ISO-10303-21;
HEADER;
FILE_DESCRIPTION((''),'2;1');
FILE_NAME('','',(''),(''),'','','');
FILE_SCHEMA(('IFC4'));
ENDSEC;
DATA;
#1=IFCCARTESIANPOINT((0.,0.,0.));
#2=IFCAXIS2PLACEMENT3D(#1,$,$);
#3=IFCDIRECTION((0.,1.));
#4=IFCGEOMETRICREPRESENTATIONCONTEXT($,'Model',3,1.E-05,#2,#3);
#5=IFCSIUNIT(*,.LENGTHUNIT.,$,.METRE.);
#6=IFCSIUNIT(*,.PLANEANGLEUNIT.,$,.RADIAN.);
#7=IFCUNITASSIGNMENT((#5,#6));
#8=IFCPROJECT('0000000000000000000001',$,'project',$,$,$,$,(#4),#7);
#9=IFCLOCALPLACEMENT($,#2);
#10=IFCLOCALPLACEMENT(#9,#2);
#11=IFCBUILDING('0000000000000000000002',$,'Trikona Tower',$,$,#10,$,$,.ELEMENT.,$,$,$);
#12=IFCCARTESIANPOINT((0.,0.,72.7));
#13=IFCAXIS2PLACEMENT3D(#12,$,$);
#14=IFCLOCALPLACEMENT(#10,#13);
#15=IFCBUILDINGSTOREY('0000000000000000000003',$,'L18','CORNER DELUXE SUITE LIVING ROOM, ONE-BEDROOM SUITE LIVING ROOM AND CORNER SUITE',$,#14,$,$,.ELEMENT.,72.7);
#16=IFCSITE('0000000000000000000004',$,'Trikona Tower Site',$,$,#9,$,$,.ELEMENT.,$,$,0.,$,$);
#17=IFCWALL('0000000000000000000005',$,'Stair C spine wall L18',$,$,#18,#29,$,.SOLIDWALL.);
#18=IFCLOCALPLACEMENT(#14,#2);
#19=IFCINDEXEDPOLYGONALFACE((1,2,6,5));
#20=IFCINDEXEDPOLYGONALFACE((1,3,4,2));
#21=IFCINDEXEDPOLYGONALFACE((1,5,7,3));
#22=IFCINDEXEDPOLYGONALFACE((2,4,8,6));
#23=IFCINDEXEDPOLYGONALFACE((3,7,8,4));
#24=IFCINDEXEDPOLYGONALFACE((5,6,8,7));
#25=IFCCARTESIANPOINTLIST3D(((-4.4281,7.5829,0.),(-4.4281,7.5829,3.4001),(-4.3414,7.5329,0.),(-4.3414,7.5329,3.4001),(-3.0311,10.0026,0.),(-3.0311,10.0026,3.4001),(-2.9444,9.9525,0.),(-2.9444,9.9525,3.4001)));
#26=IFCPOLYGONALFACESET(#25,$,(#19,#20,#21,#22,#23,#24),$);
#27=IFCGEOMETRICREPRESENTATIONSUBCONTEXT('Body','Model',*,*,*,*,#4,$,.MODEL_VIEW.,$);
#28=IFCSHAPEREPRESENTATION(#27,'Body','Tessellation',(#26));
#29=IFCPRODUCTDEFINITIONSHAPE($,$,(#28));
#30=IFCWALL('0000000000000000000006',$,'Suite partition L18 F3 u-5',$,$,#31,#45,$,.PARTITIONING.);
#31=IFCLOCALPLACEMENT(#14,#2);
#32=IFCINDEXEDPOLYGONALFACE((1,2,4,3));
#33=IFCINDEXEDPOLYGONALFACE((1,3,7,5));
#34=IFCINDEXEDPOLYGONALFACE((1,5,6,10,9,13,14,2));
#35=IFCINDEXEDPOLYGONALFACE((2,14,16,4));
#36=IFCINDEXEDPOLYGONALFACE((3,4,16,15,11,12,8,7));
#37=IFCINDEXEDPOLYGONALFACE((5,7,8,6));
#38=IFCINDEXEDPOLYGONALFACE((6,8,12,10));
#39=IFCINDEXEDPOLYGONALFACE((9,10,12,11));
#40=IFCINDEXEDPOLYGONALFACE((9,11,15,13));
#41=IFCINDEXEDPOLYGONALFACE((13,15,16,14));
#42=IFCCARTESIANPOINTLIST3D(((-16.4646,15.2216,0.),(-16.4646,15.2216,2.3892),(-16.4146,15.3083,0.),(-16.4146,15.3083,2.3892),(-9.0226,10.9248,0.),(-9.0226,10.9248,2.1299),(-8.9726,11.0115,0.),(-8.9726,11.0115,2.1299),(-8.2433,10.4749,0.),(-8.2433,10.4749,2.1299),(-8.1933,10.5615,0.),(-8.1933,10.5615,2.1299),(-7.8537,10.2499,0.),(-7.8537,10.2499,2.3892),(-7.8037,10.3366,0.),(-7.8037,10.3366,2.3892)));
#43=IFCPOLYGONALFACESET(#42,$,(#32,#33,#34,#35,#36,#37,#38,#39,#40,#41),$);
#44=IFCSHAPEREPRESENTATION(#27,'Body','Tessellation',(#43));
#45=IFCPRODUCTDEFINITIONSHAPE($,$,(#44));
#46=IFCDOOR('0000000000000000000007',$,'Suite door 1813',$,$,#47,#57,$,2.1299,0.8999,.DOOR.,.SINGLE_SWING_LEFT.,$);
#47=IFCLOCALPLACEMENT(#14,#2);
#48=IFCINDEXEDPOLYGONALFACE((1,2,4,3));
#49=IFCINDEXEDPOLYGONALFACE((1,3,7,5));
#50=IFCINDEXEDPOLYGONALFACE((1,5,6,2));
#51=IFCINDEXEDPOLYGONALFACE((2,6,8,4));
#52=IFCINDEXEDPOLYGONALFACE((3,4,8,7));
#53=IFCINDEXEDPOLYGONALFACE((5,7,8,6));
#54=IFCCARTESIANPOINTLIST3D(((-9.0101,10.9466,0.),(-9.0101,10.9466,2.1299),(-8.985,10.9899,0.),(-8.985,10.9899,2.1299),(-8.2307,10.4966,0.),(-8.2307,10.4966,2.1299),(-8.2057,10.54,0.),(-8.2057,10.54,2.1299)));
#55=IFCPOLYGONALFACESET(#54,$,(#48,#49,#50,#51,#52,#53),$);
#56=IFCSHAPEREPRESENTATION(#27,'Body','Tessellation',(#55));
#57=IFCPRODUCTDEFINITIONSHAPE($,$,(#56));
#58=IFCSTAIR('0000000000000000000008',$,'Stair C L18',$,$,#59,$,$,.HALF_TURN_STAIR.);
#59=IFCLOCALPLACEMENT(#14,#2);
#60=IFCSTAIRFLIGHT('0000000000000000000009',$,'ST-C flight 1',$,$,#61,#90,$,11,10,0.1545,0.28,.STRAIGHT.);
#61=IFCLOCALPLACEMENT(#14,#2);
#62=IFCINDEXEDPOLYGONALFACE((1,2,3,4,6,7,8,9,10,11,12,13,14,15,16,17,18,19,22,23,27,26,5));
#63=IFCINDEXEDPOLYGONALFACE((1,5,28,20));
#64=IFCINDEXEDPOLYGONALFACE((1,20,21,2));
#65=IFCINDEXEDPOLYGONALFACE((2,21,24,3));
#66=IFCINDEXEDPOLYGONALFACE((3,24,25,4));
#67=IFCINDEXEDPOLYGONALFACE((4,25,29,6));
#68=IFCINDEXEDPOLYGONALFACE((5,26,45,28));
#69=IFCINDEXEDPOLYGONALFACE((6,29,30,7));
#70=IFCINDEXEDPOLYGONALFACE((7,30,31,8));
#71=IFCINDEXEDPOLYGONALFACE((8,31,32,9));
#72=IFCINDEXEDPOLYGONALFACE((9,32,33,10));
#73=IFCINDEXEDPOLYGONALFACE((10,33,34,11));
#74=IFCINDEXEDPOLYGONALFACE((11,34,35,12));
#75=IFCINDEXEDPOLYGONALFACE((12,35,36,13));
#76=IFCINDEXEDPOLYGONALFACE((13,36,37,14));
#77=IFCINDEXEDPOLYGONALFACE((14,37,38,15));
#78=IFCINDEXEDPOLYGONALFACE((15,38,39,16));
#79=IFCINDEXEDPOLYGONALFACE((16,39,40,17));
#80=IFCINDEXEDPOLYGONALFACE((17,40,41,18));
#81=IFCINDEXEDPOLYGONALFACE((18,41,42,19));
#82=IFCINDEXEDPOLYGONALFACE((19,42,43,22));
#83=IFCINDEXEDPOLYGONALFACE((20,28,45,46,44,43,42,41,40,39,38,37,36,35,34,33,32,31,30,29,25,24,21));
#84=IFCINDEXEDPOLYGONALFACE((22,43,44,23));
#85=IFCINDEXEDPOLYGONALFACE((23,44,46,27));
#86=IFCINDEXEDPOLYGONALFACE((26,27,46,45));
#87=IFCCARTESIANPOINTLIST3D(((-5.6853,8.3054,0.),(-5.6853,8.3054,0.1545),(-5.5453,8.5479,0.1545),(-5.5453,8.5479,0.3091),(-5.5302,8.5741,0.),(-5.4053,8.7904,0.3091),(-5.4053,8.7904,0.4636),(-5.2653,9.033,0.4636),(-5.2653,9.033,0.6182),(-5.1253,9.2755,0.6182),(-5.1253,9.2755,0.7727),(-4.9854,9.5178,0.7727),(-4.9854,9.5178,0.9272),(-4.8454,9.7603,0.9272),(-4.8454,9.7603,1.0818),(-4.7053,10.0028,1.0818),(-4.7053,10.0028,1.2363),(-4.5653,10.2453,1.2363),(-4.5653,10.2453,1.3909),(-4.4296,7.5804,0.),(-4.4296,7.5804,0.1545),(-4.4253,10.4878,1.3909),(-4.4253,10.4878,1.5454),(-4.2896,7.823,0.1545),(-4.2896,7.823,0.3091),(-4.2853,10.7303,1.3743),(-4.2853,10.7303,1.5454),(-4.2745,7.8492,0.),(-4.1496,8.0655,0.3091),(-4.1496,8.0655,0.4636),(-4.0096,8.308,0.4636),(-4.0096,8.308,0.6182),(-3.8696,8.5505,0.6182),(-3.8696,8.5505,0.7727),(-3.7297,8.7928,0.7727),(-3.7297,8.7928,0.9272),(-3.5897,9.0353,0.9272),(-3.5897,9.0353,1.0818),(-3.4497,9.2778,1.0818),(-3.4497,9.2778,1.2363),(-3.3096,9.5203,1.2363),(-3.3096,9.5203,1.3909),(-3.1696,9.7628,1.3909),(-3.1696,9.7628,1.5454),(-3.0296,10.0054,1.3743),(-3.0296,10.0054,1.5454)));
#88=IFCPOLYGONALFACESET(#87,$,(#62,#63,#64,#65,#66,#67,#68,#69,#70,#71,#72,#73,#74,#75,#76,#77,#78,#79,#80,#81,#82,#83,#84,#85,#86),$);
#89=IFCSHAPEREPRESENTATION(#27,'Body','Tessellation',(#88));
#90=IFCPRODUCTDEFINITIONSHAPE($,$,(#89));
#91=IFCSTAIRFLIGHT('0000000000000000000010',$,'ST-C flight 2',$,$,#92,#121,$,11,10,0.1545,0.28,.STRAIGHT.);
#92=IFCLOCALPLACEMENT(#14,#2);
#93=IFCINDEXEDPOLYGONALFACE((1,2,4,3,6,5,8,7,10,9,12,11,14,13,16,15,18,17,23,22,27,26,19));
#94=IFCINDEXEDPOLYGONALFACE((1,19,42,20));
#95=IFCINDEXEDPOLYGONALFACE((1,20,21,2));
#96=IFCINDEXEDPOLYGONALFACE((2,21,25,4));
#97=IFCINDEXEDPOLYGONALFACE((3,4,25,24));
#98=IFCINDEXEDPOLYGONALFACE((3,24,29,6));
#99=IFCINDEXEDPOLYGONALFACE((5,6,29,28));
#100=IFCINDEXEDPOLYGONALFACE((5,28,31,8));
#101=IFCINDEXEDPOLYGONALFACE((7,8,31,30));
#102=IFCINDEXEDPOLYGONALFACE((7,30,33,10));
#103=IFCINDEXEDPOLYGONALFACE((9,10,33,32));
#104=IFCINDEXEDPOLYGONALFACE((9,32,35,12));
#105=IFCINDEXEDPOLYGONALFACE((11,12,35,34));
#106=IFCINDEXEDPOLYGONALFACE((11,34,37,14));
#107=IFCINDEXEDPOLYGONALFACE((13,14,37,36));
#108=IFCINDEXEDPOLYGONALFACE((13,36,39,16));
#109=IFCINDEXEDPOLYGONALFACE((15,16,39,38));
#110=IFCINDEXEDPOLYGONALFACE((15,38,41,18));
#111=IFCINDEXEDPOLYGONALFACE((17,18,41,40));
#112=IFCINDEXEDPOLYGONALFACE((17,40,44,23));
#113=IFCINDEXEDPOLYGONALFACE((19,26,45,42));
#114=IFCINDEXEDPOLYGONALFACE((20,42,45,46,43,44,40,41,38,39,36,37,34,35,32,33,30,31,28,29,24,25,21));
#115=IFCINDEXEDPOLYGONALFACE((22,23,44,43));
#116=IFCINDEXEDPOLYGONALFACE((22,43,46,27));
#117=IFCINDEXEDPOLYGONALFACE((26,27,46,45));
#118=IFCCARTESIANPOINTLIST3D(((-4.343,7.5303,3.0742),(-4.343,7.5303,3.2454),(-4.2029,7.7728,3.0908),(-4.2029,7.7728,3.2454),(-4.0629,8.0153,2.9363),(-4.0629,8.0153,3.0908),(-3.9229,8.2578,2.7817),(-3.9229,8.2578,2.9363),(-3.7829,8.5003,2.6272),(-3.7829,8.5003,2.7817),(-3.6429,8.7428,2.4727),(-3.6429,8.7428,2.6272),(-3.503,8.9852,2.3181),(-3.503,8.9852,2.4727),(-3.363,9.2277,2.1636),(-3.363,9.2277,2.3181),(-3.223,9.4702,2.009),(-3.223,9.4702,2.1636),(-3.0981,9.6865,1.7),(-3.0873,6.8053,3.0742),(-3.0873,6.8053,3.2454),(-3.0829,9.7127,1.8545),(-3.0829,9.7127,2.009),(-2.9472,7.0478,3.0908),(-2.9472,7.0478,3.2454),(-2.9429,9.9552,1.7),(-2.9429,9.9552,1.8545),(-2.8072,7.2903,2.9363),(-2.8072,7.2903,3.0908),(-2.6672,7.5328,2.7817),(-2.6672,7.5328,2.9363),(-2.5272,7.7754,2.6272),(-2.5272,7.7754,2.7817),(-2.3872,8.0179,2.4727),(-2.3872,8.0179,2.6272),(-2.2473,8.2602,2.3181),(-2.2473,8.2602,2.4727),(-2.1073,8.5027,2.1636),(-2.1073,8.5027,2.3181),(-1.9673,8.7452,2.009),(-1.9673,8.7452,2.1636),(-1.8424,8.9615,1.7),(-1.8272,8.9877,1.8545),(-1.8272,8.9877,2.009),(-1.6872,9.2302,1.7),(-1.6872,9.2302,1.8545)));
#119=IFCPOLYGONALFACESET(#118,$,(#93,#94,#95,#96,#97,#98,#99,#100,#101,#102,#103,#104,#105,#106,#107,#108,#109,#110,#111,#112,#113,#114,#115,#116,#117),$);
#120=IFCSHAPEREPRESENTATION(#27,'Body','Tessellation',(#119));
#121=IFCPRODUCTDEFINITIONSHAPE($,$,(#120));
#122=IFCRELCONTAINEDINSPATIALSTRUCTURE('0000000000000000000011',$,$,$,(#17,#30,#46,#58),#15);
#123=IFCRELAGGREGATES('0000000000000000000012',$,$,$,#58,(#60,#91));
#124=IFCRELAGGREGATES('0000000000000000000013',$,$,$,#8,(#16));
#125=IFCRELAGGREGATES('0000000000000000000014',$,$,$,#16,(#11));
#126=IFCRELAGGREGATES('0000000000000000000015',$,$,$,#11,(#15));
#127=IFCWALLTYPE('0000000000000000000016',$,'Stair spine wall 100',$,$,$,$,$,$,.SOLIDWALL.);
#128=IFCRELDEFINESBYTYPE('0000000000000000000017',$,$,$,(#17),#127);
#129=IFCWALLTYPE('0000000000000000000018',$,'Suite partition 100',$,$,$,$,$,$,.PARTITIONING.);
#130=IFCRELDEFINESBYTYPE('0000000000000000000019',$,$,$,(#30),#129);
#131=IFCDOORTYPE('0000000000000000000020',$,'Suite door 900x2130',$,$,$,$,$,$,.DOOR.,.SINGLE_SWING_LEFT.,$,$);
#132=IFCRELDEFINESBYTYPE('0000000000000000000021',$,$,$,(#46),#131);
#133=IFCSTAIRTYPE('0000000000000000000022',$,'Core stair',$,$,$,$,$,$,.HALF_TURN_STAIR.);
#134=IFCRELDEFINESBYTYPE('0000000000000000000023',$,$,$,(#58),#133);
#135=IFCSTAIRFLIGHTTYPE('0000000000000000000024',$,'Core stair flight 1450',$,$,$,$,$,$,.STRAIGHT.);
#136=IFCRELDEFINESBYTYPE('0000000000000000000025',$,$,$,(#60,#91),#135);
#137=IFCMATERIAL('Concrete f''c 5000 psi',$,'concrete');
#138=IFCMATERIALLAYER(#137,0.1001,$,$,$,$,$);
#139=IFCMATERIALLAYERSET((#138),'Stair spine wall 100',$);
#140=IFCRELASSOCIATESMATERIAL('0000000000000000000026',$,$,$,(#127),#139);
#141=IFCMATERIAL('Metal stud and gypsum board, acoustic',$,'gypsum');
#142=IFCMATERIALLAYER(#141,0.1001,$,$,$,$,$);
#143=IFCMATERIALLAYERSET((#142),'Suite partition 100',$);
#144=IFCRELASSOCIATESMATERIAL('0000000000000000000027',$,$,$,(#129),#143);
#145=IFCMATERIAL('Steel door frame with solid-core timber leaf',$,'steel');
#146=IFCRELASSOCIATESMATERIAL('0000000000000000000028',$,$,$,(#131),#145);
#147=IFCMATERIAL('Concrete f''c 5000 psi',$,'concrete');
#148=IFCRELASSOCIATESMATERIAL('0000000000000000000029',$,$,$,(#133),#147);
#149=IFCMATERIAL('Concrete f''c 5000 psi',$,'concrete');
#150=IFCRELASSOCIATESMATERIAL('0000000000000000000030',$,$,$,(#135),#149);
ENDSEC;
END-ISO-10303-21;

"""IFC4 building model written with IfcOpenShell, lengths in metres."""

from ifc_helpers import new_model, si_unit, direction, frame, frame_2d, origin, place, context, subcontext, project, spatial, polyline, rectangle, outline, extrude, material, layer, layer_set, type_object, element, fill, aggregate, save


model = new_model("IFC4")

# Units and contexts
model_context = context("Model", 3, precision=1e-05, world=origin(), true_north=direction((0.0, 1.0)))
body_context = subcontext(model_context, "Body", "Model", "MODEL_VIEW")
ifc_project = project(units=[si_unit("LENGTHUNIT", "METRE"), si_unit("PLANEANGLEUNIT", "RADIAN")], contexts=[model_context])

# Site, building, storey
site_placement = place(None, origin())
site = spatial("IfcSite", under=ifc_project, at=site_placement, Name="Trikona Tower Site", CompositionType="ELEMENT", RefElevation=0.0)
building_placement = place(site_placement, origin())
building = spatial("IfcBuilding", under=site, at=building_placement, Name="Trikona Tower", CompositionType="ELEMENT")
storey_placement = place(building_placement, frame((0.0, 0.0, 72.7)))
storey = spatial("IfcBuildingStorey", under=building, at=storey_placement, Name="L18", Description="CORNER DELUXE SUITE LIVING ROOM, ONE-BEDROOM SUITE LIVING ROOM AND CORNER SUITE", CompositionType="ELEMENT", Elevation=72.7)

# Wall
ifc_material_1 = material(Name="Concrete f'c 5000 psi", Category="concrete")
ifc_layer_1 = layer(ifc_material_1, 0.1001)
ifc_layer_set_1 = layer_set([ifc_layer_1], Name="Stair spine wall 100")
wall_type_1 = type_object("IfcWallType", Name="Stair spine wall 100", PredefinedType="SOLIDWALL", material=ifc_layer_set_1)
wall_1_placement = place(storey_placement, frame((-2.9878, 9.9775, 0.0), z_axis=(0.0, 0.0, 1.0), x_axis=(-0.499992, -0.86603, 0.0)))
element("IfcWall", 1, at=wall_1_placement, inside=storey, type_object=wall_type_1, Name="Stair C spine wall L18", PredefinedType="SOLIDWALL", context=body_context, shape_type="SweptSolid", body=[
    extrude(rectangle(XDim=2.7939, YDim=0.1001, at=frame_2d((1.397, 0.0))), origin(), (0.0, 0.0, 1.0), 3.4001),
])

# Wall, opening, door
ifc_material_2 = material(Name="Metal stud and gypsum board, acoustic", Category="gypsum")
ifc_layer_2 = layer(ifc_material_2, 0.1001)
ifc_layer_set_2 = layer_set([ifc_layer_2], Name="Suite partition 100")
wall_type_2 = type_object("IfcWallType", Name="Suite partition 100", PredefinedType="PARTITIONING", material=ifc_layer_set_2)
wall_2_placement = place(storey_placement, frame((-7.8286, 10.2932, 0.0), z_axis=(0.0, 0.0, 1.0), x_axis=(-0.866016, 0.500016, 0.0)))
wall_2 = element("IfcWall", 2, at=wall_2_placement, inside=storey, type_object=wall_type_2, Name="Suite partition L18 F3 u-5", PredefinedType="PARTITIONING", context=body_context, shape_type="SweptSolid", body=[
    extrude(rectangle(XDim=9.9431, YDim=0.1001, at=frame_2d((4.9717, 0.0))), origin(), (0.0, 0.0, 1.0), 2.3892),
])
opening_1_placement = place(wall_2_placement, frame((0.45, 0.0, 0.0)))
opening_1 = element("IfcOpeningElement", 3, at=opening_1_placement, cuts=wall_2, PredefinedType="OPENING", context=body_context, shape_type="SweptSolid", body=[
    extrude(rectangle(XDim=0.8999, YDim=2.1299, at=frame_2d((0.45, 1.0649))), frame((0.0, 0.0601, 0.0), z_axis=(0.0, -1.0, 0.0), x_axis=(1.0, 0.0, 0.0)), (0.0, 0.0, 1.0), 0.1201),
])
ifc_material_3 = material(Name="Steel door frame with solid-core timber leaf", Category="steel")
door_type_1 = type_object("IfcDoorType", Name="Suite door 900x2130", OperationType="SINGLE_SWING_LEFT", PredefinedType="DOOR", material=ifc_material_3)
door_1_placement = place(opening_1_placement, origin())
door_1 = element("IfcDoor", 4, at=door_1_placement, inside=storey, type_object=door_type_1, Name="Suite door 1813", OperationType="SINGLE_SWING_LEFT", OverallHeight=2.1299, OverallWidth=0.8999, PredefinedType="DOOR", context=body_context, shape_type="SweptSolid", body=[
    extrude(rectangle(XDim=0.8999, YDim=2.1299, at=frame_2d((0.45, 1.0649))), frame((0.0, 0.0249, 0.0), z_axis=(0.0, -1.0, 0.0), x_axis=(1.0, 0.0, 0.0)), (0.0, 0.0, 1.0), 0.05),
])
fill(opening_1, door_1)

# Stair, stair flights
ifc_material_4 = material(Name="Concrete f'c 5000 psi", Category="concrete")
stair_type = type_object("IfcStairType", Name="Core stair", PredefinedType="HALF_TURN_STAIR", material=ifc_material_4)
stair_placement = place(storey_placement, origin())
stair = element("IfcStair", 5, at=stair_placement, inside=storey, type_object=stair_type, Name="Stair C L18", PredefinedType="HALF_TURN_STAIR")
ifc_material_5 = material(Name="Concrete f'c 5000 psi", Category="concrete")
stair_flight_type = type_object("IfcStairFlightType", Name="Core stair flight 1450", PredefinedType="STRAIGHT", material=ifc_material_5)
stair_flight_1_placement = place(storey_placement, frame((-5.0574, 7.9429, 0.0), z_axis=(0.0, 0.0, 1.0), x_axis=(0.5, 0.866025, 0.0)))
stair_flight_1 = element("IfcStairFlight", 6, at=stair_flight_1_placement, type_object=stair_flight_type, Name="ST-C flight 1", NumberOfRisers=11, NumberOfTreads=10, PredefinedType="STRAIGHT", RiserHeight=0.1545, TreadLength=0.28, context=body_context, shape_type="SweptSolid", body=[
    extrude(outline(polyline([(0.0, 0.0), (0.0, 0.1545), (0.28, 0.1545), (0.28, 0.3091), (0.5601, 0.3091), (0.5601, 0.4636), (0.8401, 0.4636), (0.8401, 0.6182), (1.1201, 0.6182), (1.1201, 0.7727), (1.3999, 0.7727), (1.3999, 0.9272), (1.6799, 0.9272), (1.6799, 1.0818), (1.96, 1.0818), (1.96, 1.2363), (2.24, 1.2363), (2.24, 1.3909), (2.52, 1.3909), (2.52, 1.5454), (2.8, 1.5454), (2.8, 1.7), (2.8, 1.3743), (0.3103, 0.0), (0.0, 0.0)])), frame((0.0, 0.7251, 0.0), z_axis=(0.0, -1.0, 0.0), x_axis=(1.0, 0.0, 0.0)), (0.0, 0.0, 1.0), 1.45),
])
stair_flight_2_placement = place(storey_placement, frame((-2.3152, 9.5928, 1.7), z_axis=(0.0, 0.0, 1.0), x_axis=(-0.5, -0.866025, 0.0)))
stair_flight_2 = element("IfcStairFlight", 7, at=stair_flight_2_placement, type_object=stair_flight_type, Name="ST-C flight 2", NumberOfRisers=11, NumberOfTreads=10, PredefinedType="STRAIGHT", RiserHeight=0.1545, TreadLength=0.28, context=body_context, shape_type="SweptSolid", body=[
    extrude(outline(polyline([(0.0, 0.0), (0.0, 0.1545), (0.28, 0.1545), (0.28, 0.3091), (0.5601, 0.3091), (0.5601, 0.4636), (0.8401, 0.4636), (0.8401, 0.6182), (1.1201, 0.6182), (1.1201, 0.7727), (1.3999, 0.7727), (1.3999, 0.9272), (1.6799, 0.9272), (1.6799, 1.0818), (1.96, 1.0818), (1.96, 1.2363), (2.24, 1.2363), (2.24, 1.3909), (2.52, 1.3909), (2.52, 1.5454), (2.8, 1.5454), (2.8, 1.7), (2.8, 1.3743), (0.3103, 0.0), (0.0, 0.0)])), frame((0.0, 0.7251, 0.0), z_axis=(0.0, -1.0, 0.0), x_axis=(1.0, 0.0, 0.0)), (0.0, 0.0, 1.0), 1.45),
])
aggregate(stair, [stair_flight_1, stair_flight_2])

save(model, "model.ifc")
